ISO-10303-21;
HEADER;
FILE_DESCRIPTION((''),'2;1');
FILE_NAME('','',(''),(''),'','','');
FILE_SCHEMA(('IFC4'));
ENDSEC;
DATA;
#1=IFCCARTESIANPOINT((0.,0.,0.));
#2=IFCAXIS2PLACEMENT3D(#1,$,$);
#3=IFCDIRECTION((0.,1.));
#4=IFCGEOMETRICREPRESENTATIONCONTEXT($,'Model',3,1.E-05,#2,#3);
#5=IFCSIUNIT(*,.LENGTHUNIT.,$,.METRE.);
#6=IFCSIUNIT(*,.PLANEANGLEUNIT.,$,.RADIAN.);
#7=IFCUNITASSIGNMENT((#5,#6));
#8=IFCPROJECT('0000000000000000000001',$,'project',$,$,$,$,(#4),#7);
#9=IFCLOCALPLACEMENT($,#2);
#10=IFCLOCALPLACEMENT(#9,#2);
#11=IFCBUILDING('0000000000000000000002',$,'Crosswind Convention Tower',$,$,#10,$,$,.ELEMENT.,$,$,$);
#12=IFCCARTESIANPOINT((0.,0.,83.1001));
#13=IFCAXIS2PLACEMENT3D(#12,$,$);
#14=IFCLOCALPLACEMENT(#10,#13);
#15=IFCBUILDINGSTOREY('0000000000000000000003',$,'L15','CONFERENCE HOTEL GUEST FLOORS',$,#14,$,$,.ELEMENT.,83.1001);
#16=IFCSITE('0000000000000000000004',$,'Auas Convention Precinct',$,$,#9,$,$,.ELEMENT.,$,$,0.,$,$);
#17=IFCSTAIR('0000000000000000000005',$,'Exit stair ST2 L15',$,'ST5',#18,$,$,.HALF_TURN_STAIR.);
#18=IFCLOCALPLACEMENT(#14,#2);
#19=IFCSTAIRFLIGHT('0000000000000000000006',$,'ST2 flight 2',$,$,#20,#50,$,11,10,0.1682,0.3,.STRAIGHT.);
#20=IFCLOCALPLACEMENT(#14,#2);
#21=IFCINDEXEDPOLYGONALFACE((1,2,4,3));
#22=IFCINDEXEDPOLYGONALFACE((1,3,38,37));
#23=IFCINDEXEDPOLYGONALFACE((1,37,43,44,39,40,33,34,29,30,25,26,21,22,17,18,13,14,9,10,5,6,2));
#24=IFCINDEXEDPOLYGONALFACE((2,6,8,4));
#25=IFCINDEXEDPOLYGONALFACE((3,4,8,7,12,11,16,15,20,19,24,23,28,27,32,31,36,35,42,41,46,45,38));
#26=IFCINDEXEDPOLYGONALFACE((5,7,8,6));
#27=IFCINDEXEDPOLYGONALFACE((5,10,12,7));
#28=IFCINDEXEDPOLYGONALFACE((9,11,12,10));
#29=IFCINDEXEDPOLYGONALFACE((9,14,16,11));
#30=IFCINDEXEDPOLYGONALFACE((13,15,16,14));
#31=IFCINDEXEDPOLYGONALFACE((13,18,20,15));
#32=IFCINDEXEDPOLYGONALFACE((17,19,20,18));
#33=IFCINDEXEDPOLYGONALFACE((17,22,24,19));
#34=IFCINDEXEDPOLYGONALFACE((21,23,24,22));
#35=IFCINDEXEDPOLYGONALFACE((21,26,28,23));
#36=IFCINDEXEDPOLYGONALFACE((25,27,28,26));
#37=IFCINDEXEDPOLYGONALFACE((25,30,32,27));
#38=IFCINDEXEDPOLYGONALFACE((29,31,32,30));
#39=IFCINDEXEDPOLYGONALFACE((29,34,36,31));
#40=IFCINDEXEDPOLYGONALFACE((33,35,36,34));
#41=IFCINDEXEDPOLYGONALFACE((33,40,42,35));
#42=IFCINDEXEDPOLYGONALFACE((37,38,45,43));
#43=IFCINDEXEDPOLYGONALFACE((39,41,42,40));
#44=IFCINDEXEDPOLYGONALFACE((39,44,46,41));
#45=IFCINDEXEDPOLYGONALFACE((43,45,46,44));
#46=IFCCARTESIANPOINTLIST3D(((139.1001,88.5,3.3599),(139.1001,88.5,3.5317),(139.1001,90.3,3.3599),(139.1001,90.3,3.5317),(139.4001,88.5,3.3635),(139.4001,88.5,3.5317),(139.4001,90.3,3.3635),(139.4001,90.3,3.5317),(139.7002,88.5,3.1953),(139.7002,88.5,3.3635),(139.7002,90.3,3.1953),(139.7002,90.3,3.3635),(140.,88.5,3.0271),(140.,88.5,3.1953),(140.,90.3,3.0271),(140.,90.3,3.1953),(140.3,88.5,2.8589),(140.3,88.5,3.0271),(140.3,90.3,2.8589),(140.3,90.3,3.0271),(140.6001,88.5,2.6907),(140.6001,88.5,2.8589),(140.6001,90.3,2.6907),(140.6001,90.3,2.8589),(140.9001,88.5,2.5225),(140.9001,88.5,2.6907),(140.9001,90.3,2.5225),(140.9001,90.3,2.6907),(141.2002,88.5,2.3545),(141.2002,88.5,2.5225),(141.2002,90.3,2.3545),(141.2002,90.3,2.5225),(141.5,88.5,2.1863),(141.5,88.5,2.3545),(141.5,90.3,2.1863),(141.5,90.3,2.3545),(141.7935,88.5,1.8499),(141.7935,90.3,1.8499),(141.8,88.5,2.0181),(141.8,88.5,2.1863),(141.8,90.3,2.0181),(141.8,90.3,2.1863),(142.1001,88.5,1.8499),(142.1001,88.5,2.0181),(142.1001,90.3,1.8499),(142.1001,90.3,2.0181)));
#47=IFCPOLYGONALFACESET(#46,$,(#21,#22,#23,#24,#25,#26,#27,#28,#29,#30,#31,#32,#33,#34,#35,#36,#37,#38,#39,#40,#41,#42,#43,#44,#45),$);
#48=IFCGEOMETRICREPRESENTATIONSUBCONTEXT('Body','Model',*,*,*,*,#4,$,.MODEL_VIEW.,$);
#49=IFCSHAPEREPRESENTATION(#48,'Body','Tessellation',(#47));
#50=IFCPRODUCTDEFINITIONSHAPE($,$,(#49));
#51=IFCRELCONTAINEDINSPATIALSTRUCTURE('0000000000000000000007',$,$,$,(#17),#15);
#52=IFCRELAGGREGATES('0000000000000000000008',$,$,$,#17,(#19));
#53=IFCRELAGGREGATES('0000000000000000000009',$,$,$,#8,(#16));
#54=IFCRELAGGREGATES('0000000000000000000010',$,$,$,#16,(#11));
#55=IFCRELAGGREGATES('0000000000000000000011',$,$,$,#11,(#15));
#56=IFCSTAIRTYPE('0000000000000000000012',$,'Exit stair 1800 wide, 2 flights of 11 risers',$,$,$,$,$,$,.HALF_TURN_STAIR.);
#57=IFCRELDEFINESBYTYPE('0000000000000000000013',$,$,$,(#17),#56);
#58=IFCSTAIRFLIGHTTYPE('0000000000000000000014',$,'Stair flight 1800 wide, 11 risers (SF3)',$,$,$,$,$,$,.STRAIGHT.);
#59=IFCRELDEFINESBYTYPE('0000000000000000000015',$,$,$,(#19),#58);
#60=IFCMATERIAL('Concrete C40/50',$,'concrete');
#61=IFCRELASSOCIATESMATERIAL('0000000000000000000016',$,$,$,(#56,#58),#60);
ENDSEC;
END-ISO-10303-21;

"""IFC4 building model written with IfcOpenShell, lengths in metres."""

from ifc_helpers import new_model, si_unit, direction, frame, origin, place, context, subcontext, project, spatial, polyline, outline, extrude, material, type_object, element, aggregate, save


model = new_model("IFC4")

# Units and contexts
model_context = context("Model", 3, precision=1e-05, world=origin(), true_north=direction((0.0, 1.0)))
body_context = subcontext(model_context, "Body", "Model", "MODEL_VIEW")
ifc_project = project(units=[si_unit("LENGTHUNIT", "METRE"), si_unit("PLANEANGLEUNIT", "RADIAN")], contexts=[model_context])

# Site, building, storey
site_placement = place(None, origin())
site = spatial("IfcSite", under=ifc_project, at=site_placement, Name="Auas Convention Precinct", CompositionType="ELEMENT", RefElevation=0.0)
building_placement = place(site_placement, origin())
building = spatial("IfcBuilding", under=site, at=building_placement, Name="Crosswind Convention Tower", CompositionType="ELEMENT")
storey_placement = place(building_placement, frame((0.0, 0.0, 83.1001)))
storey = spatial("IfcBuildingStorey", under=building, at=storey_placement, Name="L15", Description="CONFERENCE HOTEL GUEST FLOORS", CompositionType="ELEMENT", Elevation=83.1001)

# Stair, stair flight
ifc_material_1 = material(Name="Concrete C40/50", Category="concrete")
stair_type = type_object("IfcStairType", Name="Exit stair 1800 wide, 2 flights of 11 risers", PredefinedType="HALF_TURN_STAIR", material=ifc_material_1)
stair_placement = place(storey_placement, origin())
stair = element("IfcStair", 1, at=stair_placement, inside=storey, type_object=stair_type, Name="Exit stair ST2 L15", ObjectType="ST5", PredefinedType="HALF_TURN_STAIR")
stair_flight_type = type_object("IfcStairFlightType", Name="Stair flight 1800 wide, 11 risers (SF3)", PredefinedType="STRAIGHT", material=ifc_material_1)
stair_flight_1_placement = place(storey_placement, frame((142.1001, 89.3999, 1.8499), z_axis=(0.0, 0.0, 1.0), x_axis=(-1.0, 0.0, 0.0)))
stair_flight_1 = element("IfcStairFlight", 2, at=stair_flight_1_placement, type_object=stair_flight_type, Name="ST2 flight 2", NumberOfRisers=11, NumberOfTreads=10, PredefinedType="STRAIGHT", RiserHeight=0.1682, TreadLength=0.3, context=body_context, shape_type="SweptSolid", body=[
    extrude(outline(polyline([(0.0, 0.0), (0.0, 0.1682), (0.3, 0.1682), (0.3, 0.3364), (0.6001, 0.3364), (0.6001, 0.5046), (0.8999, 0.5046), (0.8999, 0.6726), (1.2, 0.6726), (1.2, 0.8408), (1.5, 0.8408), (1.5, 1.009), (1.8, 1.009), (1.8, 1.1772), (2.1001, 1.1772), (2.1001, 1.3455), (2.3999, 1.3455), (2.3999, 1.5137), (2.7, 1.5137), (2.7, 1.6819), (3.0, 1.6819), (3.0, 1.8501), (3.0, 1.51), (0.3066, 0.0), (0.0, 0.0)])), frame((0.0, 0.8999, 0.0), z_axis=(0.0, -1.0, 0.0), x_axis=(1.0, 0.0, 0.0)), (0.0, 0.0, 1.0), 1.8),
])
aggregate(stair, [stair_flight_1])

save(model, "model.ifc")
